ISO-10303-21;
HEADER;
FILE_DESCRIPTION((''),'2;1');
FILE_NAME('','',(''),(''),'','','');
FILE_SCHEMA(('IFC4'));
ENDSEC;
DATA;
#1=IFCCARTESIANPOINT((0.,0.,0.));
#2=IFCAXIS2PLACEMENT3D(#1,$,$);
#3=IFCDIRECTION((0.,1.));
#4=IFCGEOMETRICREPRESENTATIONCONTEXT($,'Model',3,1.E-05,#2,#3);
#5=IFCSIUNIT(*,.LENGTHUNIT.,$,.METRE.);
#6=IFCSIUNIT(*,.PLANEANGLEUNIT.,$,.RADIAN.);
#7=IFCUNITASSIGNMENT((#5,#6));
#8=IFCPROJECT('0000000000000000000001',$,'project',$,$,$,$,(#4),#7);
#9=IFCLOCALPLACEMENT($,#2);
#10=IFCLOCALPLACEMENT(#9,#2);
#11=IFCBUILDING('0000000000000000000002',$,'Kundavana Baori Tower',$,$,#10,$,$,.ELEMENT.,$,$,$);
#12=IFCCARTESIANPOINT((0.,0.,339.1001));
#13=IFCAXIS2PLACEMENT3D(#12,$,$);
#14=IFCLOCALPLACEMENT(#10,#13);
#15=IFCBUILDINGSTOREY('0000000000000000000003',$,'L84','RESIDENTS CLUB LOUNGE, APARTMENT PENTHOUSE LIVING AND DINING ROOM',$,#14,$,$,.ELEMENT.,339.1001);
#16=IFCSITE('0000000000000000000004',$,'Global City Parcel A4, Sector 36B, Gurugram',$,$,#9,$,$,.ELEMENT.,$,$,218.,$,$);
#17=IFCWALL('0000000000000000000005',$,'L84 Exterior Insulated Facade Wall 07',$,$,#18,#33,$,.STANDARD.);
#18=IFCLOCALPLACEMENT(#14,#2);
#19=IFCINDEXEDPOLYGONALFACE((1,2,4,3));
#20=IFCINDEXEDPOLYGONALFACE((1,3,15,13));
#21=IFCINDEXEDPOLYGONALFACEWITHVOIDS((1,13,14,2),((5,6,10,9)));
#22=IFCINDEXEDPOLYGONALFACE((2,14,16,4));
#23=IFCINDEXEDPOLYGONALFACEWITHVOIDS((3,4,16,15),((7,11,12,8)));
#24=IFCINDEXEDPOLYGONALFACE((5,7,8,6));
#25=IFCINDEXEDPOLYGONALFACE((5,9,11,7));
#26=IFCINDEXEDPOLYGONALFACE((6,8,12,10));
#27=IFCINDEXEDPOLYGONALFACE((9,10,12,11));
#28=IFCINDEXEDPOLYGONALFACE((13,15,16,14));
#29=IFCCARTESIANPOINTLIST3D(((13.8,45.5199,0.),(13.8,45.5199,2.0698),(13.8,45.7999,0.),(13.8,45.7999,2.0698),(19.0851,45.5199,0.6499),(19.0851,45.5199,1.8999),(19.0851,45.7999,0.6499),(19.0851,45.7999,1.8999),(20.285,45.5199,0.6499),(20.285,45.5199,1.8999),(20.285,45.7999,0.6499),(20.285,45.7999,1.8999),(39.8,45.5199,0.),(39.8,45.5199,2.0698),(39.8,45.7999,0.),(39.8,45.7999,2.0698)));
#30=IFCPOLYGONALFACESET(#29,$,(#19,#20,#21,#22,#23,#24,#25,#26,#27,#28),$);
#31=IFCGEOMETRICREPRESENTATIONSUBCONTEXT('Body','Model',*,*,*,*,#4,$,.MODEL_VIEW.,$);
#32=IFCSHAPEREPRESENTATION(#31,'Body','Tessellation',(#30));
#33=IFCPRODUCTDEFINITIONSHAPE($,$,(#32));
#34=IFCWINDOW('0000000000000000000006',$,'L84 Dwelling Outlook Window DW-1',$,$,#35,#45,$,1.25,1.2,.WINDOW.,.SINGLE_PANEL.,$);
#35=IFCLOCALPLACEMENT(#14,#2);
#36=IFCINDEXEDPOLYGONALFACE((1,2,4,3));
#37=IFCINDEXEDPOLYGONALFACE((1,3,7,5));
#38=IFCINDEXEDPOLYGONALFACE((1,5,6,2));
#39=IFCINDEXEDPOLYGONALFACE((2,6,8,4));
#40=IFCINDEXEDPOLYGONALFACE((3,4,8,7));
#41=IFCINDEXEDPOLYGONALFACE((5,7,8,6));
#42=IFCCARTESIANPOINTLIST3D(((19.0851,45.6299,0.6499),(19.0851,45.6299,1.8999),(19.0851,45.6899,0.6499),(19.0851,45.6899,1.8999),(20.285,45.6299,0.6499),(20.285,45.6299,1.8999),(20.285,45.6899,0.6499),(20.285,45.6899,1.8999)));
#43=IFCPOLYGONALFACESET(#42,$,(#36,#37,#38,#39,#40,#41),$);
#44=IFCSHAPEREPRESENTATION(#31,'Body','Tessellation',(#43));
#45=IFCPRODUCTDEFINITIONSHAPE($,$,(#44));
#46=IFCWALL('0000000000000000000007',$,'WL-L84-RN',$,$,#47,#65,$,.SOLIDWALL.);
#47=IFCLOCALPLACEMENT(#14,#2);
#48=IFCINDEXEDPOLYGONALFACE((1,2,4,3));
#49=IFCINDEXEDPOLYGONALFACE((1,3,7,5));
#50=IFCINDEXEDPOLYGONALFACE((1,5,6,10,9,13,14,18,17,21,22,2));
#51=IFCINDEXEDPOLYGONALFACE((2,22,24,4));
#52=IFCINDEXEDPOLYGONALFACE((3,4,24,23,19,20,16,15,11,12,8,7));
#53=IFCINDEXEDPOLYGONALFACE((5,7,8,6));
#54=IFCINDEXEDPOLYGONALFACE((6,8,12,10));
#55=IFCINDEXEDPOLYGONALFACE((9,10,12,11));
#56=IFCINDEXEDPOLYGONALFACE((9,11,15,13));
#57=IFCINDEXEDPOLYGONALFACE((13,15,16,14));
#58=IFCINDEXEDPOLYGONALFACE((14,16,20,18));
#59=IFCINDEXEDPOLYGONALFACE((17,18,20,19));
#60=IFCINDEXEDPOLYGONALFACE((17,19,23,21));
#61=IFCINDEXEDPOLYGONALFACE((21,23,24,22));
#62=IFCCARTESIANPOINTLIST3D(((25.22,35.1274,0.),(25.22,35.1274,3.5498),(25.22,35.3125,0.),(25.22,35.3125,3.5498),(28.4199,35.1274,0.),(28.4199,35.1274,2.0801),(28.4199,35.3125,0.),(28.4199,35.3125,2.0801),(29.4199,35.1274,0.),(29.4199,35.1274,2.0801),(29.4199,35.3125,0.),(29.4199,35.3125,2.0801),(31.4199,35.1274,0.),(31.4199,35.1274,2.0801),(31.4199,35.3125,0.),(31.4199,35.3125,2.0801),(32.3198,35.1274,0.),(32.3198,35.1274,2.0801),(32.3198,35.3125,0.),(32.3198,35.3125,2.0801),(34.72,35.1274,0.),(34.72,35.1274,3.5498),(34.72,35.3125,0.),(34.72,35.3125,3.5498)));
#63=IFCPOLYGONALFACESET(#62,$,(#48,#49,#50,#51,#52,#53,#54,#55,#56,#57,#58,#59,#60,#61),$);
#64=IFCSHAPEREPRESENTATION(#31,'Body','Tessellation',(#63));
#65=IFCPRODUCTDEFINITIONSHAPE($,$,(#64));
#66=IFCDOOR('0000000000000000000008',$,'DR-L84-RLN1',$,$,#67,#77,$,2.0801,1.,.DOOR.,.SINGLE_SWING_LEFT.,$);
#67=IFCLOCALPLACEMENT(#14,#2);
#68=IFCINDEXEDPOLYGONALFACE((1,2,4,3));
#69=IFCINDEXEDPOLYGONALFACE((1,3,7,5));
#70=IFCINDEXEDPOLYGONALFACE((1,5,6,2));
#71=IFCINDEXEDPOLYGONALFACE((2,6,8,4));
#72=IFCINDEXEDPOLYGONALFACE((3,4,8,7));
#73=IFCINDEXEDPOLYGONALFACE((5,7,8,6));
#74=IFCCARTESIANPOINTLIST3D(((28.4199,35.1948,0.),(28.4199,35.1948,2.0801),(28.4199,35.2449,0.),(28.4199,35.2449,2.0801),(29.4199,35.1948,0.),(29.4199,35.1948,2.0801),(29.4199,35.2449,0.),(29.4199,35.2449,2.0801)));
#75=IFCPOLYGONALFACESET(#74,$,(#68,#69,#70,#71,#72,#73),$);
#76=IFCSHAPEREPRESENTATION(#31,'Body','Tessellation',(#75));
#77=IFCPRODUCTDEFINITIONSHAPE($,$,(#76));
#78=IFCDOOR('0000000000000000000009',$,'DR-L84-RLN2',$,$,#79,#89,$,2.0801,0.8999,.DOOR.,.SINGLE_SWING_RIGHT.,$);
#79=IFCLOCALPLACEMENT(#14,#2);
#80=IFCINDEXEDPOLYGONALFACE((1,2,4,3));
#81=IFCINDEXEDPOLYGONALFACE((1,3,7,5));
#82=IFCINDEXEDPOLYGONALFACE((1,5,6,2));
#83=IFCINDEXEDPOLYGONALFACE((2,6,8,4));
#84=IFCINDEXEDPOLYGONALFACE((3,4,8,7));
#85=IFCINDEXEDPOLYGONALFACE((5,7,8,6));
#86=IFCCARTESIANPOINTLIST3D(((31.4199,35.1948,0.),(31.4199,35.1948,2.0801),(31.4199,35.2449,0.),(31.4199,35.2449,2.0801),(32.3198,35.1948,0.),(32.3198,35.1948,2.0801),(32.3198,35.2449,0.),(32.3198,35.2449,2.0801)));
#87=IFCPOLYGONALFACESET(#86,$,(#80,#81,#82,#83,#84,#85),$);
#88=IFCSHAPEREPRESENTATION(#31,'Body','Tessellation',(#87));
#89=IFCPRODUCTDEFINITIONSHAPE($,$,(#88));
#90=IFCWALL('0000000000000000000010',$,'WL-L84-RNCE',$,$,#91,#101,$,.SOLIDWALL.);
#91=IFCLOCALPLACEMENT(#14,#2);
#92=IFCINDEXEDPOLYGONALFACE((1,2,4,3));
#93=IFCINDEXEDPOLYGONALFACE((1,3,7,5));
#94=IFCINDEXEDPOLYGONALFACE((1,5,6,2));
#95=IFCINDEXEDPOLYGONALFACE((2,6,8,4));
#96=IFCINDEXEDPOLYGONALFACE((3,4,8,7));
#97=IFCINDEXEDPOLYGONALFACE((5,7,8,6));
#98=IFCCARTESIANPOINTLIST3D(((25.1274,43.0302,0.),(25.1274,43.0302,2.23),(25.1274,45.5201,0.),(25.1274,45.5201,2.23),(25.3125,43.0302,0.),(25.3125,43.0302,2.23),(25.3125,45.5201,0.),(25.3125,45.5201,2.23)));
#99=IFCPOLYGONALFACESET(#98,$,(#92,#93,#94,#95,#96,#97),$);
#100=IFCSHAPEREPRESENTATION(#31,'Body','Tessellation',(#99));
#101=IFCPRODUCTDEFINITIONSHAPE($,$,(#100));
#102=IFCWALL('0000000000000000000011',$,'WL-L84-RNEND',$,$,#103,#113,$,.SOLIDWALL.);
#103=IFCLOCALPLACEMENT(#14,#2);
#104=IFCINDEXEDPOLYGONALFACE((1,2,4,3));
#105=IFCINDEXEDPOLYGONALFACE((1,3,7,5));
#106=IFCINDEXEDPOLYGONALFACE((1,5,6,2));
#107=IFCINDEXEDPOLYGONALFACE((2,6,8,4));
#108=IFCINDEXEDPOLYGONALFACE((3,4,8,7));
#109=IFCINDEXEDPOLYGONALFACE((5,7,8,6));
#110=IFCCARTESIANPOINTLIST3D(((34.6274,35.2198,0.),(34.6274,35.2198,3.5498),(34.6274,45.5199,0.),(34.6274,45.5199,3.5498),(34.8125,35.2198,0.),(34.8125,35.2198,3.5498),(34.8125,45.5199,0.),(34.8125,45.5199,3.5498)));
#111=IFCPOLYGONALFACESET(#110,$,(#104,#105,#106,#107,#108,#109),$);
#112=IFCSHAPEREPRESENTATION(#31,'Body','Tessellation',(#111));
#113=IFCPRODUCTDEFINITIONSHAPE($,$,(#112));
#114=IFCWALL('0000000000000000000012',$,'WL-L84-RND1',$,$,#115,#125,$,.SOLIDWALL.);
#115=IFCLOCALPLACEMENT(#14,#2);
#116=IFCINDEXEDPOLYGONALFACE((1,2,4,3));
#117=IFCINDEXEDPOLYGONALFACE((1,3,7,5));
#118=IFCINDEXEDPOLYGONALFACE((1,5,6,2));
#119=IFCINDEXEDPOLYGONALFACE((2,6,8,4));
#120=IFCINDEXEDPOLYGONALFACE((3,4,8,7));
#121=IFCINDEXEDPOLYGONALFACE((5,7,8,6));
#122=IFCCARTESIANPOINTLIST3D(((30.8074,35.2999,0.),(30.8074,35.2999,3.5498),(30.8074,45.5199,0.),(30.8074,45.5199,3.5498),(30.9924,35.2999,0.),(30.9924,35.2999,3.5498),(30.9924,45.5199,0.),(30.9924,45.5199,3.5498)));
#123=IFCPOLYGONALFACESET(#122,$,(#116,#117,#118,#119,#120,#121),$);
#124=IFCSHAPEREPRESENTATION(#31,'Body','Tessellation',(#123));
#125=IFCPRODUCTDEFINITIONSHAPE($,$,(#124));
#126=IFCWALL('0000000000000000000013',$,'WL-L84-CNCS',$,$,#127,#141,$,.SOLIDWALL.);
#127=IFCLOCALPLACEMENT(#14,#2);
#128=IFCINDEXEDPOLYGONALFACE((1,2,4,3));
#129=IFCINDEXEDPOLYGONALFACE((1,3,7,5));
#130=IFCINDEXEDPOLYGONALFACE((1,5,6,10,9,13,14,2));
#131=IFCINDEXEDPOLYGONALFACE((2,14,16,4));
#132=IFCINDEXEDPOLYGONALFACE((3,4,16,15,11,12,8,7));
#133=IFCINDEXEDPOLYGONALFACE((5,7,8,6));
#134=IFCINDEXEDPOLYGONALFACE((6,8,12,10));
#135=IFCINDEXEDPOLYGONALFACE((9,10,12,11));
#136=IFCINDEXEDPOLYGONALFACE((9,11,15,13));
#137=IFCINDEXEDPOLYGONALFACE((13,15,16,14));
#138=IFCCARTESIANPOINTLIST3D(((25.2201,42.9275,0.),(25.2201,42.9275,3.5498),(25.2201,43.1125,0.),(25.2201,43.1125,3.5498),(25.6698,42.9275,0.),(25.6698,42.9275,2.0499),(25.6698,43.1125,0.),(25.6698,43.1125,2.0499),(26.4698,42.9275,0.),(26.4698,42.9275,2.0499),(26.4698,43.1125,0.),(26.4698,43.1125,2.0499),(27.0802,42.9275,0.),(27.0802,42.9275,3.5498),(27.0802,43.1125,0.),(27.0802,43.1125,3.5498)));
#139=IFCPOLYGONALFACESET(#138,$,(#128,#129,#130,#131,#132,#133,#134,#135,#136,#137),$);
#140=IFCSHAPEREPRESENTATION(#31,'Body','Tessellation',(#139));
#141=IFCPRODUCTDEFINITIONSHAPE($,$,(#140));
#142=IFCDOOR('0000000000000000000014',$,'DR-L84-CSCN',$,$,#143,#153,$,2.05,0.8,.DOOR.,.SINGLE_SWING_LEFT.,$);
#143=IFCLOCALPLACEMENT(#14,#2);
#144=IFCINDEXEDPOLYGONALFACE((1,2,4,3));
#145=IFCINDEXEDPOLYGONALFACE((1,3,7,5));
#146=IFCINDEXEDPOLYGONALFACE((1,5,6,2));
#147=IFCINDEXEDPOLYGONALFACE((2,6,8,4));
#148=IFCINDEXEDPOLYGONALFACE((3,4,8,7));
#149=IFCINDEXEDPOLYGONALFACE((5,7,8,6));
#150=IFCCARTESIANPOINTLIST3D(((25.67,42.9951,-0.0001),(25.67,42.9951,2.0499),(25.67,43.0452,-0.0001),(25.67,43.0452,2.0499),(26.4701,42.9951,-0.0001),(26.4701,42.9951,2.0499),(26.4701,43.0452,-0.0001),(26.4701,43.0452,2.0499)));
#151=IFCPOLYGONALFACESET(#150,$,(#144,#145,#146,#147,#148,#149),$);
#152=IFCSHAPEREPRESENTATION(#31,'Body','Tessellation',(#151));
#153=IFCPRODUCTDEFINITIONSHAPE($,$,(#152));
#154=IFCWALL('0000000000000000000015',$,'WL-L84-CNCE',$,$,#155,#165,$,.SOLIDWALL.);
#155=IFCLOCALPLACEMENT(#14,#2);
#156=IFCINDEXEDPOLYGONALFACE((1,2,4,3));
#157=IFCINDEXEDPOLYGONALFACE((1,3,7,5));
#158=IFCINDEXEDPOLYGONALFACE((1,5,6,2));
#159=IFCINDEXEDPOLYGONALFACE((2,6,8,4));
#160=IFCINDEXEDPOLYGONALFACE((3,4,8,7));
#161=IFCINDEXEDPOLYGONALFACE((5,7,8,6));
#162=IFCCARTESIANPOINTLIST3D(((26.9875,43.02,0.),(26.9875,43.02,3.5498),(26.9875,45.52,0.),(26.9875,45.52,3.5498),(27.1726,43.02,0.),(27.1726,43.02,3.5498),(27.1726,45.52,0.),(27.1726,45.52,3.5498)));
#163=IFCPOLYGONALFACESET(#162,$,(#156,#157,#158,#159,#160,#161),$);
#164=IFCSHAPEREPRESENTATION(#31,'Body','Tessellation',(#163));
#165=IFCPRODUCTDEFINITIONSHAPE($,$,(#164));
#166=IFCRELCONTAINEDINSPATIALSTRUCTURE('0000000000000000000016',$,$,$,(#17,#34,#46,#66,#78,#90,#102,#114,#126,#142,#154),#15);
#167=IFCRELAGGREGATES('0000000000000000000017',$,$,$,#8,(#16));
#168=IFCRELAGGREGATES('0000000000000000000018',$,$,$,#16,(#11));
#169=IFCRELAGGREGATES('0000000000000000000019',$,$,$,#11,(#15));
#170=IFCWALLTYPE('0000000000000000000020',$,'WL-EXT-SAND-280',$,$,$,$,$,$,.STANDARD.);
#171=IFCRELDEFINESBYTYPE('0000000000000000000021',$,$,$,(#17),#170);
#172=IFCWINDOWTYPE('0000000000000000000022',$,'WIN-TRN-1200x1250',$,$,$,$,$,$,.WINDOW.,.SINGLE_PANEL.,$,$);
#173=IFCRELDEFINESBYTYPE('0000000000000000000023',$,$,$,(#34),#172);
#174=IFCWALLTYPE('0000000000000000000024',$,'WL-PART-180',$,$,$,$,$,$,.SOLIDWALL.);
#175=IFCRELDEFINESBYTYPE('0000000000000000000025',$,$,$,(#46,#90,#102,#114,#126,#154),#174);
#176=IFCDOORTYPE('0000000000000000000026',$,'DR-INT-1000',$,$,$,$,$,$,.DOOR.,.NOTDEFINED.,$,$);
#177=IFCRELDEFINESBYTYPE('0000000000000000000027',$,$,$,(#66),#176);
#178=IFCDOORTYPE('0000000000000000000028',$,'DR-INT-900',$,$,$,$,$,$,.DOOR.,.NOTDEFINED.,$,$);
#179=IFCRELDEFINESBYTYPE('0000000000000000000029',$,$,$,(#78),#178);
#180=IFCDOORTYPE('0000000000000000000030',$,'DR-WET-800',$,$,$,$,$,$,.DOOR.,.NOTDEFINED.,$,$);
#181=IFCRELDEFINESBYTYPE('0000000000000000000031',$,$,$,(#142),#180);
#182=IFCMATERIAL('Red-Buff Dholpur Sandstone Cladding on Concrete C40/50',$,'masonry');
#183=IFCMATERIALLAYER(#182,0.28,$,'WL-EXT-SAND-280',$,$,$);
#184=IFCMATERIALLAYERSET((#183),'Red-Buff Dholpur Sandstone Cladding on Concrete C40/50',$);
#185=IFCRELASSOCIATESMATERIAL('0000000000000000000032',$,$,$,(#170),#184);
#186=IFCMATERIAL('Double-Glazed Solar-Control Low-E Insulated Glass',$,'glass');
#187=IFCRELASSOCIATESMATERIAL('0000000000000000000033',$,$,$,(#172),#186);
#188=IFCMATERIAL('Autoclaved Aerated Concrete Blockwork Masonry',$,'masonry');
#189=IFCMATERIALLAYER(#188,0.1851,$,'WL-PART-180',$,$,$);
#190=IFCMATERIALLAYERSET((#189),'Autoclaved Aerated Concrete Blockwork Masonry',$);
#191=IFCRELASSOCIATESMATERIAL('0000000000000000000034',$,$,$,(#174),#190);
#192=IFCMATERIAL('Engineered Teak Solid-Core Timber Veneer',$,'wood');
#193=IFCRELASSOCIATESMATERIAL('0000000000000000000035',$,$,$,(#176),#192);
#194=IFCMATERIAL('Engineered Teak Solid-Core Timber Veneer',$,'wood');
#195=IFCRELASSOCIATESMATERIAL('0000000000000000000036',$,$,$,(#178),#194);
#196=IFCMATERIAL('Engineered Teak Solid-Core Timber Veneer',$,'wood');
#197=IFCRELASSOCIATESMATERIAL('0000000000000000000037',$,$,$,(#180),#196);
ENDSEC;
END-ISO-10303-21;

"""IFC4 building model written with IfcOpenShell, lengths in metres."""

from ifc_helpers import new_model, si_unit, direction, frame, frame_2d, origin, place, context, subcontext, project, spatial, rectangle, extrude, material, layer, layer_set, type_object, element, fill, save


model = new_model("IFC4")

# Units and contexts
model_context = context("Model", 3, precision=1e-05, world=origin(), true_north=direction((0.0, 1.0)))
body_context = subcontext(model_context, "Body", "Model", "MODEL_VIEW")
ifc_project = project(units=[si_unit("LENGTHUNIT", "METRE"), si_unit("PLANEANGLEUNIT", "RADIAN")], contexts=[model_context])

# Site, building, storey
site_placement = place(None, origin())
site = spatial("IfcSite", under=ifc_project, at=site_placement, Name="Global City Parcel A4, Sector 36B, Gurugram", CompositionType="ELEMENT", RefElevation=218.0)
building_placement = place(site_placement, origin())
building = spatial("IfcBuilding", under=site, at=building_placement, Name="Kundavana Baori Tower", CompositionType="ELEMENT")
storey_placement = place(building_placement, frame((0.0, 0.0, 339.1001)))
storey = spatial("IfcBuildingStorey", under=building, at=storey_placement, Name="L84", Description="RESIDENTS CLUB LOUNGE, APARTMENT PENTHOUSE LIVING AND DINING ROOM", CompositionType="ELEMENT", Elevation=339.1001)

# Shared definitions
ifc_material_1 = material(Name="Red-Buff Dholpur Sandstone Cladding on Concrete C40/50", Category="masonry")
ifc_layer_1 = layer(ifc_material_1, 0.28, Name="WL-EXT-SAND-280")
ifc_layer_set_1 = layer_set([ifc_layer_1], Name="Red-Buff Dholpur Sandstone Cladding on Concrete C40/50")
wall_type_1 = type_object("IfcWallType", Name="WL-EXT-SAND-280", PredefinedType="STANDARD", material=ifc_layer_set_1)

# Wall, opening, window
wall_1_placement = place(storey_placement, frame((39.8, 45.6599, 0.0), z_axis=(0.0, 0.0, 1.0), x_axis=(-1.0, 0.0, 0.0)))
wall_1 = element("IfcWall", 1, at=wall_1_placement, inside=storey, type_object=wall_type_1, Name="L84 Exterior Insulated Facade Wall 07", PredefinedType="STANDARD", context=body_context, shape_type="SweptSolid", body=[
    extrude(rectangle(XDim=26.0, YDim=0.28, at=frame_2d((13.0, 0.0))), origin(), (0.0, 0.0, 1.0), 2.0698),
])
opening_1_placement = place(wall_1_placement, frame((19.5149, 0.0, 0.6499)))
opening_1 = element("IfcOpeningElement", 2, at=opening_1_placement, cuts=wall_1, PredefinedType="OPENING", context=body_context, shape_type="SweptSolid", body=[
    extrude(rectangle(XDim=1.2, YDim=1.25, at=frame_2d((0.6001, 0.625))), frame((0.0, 0.1499, 0.0), z_axis=(0.0, -1.0, 0.0), x_axis=(1.0, 0.0, 0.0)), (0.0, 0.0, 1.0), 0.3),
])
ifc_material_2 = material(Name="Double-Glazed Solar-Control Low-E Insulated Glass", Category="glass")
window_type = type_object("IfcWindowType", Name="WIN-TRN-1200x1250", PartitioningType="SINGLE_PANEL", PredefinedType="WINDOW", material=ifc_material_2)
window_placement = place(opening_1_placement, origin())
window = element("IfcWindow", 3, at=window_placement, inside=storey, type_object=window_type, Name="L84 Dwelling Outlook Window DW-1", OverallHeight=1.25, OverallWidth=1.2, PartitioningType="SINGLE_PANEL", PredefinedType="WINDOW", context=body_context, shape_type="SweptSolid", body=[
    extrude(rectangle(XDim=1.2, YDim=1.25, at=frame_2d((0.6001, 0.625))), frame((0.0, 0.03, 0.0), z_axis=(0.0, -1.0, 0.0), x_axis=(1.0, 0.0, 0.0)), (0.0, 0.0, 1.0), 0.0601),
])
fill(opening_1, window)

# Wall, openings, doors
ifc_material_3 = material(Name="Autoclaved Aerated Concrete Blockwork Masonry", Category="masonry")
ifc_layer_2 = layer(ifc_material_3, 0.1851, Name="WL-PART-180")
ifc_layer_set_2 = layer_set([ifc_layer_2], Name="Autoclaved Aerated Concrete Blockwork Masonry")
wall_type_2 = type_object("IfcWallType", Name="WL-PART-180", PredefinedType="SOLIDWALL", material=ifc_layer_set_2)
wall_2_placement = place(storey_placement, frame((25.22, 35.22, 0.0), z_axis=(0.0, 0.0, 1.0), x_axis=(1.0, 0.0, 0.0)))
wall_2 = element("IfcWall", 4, at=wall_2_placement, inside=storey, type_object=wall_type_2, Name="WL-L84-RN", PredefinedType="SOLIDWALL", context=body_context, shape_type="SweptSolid", body=[
    extrude(rectangle(XDim=9.5, YDim=0.1851, at=frame_2d((4.75, 0.0))), origin(), (0.0, 0.0, 1.0), 3.5498),
])
opening_2_placement = place(wall_2_placement, frame((3.2, 0.0, 0.0)))
opening_2 = element("IfcOpeningElement", 5, at=opening_2_placement, cuts=wall_2, PredefinedType="OPENING", context=body_context, shape_type="SweptSolid", body=[
    extrude(rectangle(XDim=1.0, YDim=2.0801, at=frame_2d((0.5, 1.04))), frame((0.0, 0.1025, 0.0), z_axis=(0.0, -1.0, 0.0), x_axis=(1.0, 0.0, 0.0)), (0.0, 0.0, 1.0), 0.2051),
])
opening_3_placement = place(wall_2_placement, frame((6.2, 0.0, 0.0)))
opening_3 = element("IfcOpeningElement", 6, at=opening_3_placement, cuts=wall_2, PredefinedType="OPENING", context=body_context, shape_type="SweptSolid", body=[
    extrude(rectangle(XDim=0.8999, YDim=2.0801, at=frame_2d((0.45, 1.04))), frame((0.0, 0.1025, 0.0), z_axis=(0.0, -1.0, 0.0), x_axis=(1.0, 0.0, 0.0)), (0.0, 0.0, 1.0), 0.2051),
])
ifc_material_4 = material(Name="Engineered Teak Solid-Core Timber Veneer", Category="wood")
door_type_1 = type_object("IfcDoorType", Name="DR-INT-1000", OperationType="NOTDEFINED", PredefinedType="DOOR", material=ifc_material_4)
door_1_placement = place(opening_2_placement, origin())
door_1 = element("IfcDoor", 7, at=door_1_placement, inside=storey, type_object=door_type_1, Name="DR-L84-RLN1", OperationType="SINGLE_SWING_LEFT", OverallHeight=2.0801, OverallWidth=1.0, PredefinedType="DOOR", context=body_context, shape_type="SweptSolid", body=[
    extrude(rectangle(XDim=1.0, YDim=2.0801, at=frame_2d((0.5, 1.04))), frame((0.0, 0.0249, 0.0), z_axis=(0.0, -1.0, 0.0), x_axis=(1.0, 0.0, 0.0)), (0.0, 0.0, 1.0), 0.05),
])
fill(opening_2, door_1)
ifc_material_5 = material(Name="Engineered Teak Solid-Core Timber Veneer", Category="wood")
door_type_2 = type_object("IfcDoorType", Name="DR-INT-900", OperationType="NOTDEFINED", PredefinedType="DOOR", material=ifc_material_5)
door_2_placement = place(opening_3_placement, origin())
door_2 = element("IfcDoor", 8, at=door_2_placement, inside=storey, type_object=door_type_2, Name="DR-L84-RLN2", OperationType="SINGLE_SWING_RIGHT", OverallHeight=2.0801, OverallWidth=0.8999, PredefinedType="DOOR", context=body_context, shape_type="SweptSolid", body=[
    extrude(rectangle(XDim=0.8999, YDim=2.0801, at=frame_2d((0.45, 1.04))), frame((0.0, 0.0249, 0.0), z_axis=(0.0, -1.0, 0.0), x_axis=(1.0, 0.0, 0.0)), (0.0, 0.0, 1.0), 0.05),
])
fill(opening_3, door_2)

# Walls
wall_3_placement = place(storey_placement, frame((25.22, 43.03, 0.0), z_axis=(0.0, 0.0, 1.0), x_axis=(0.0, 1.0, 0.0)))
element("IfcWall", 9, at=wall_3_placement, inside=storey, type_object=wall_type_2, Name="WL-L84-RNCE", PredefinedType="SOLIDWALL", context=body_context, shape_type="SweptSolid", body=[
    extrude(rectangle(XDim=2.49, YDim=0.1851, at=frame_2d((1.2451, 0.0))), origin(), (0.0, 0.0, 1.0), 2.23),
])
wall_4_placement = place(storey_placement, frame((34.72, 35.22, 0.0), z_axis=(0.0, 0.0, 1.0), x_axis=(0.0, 1.0, 0.0)))
element("IfcWall", 10, at=wall_4_placement, inside=storey, type_object=wall_type_2, Name="WL-L84-RNEND", PredefinedType="SOLIDWALL", context=body_context, shape_type="SweptSolid", body=[
    extrude(rectangle(XDim=10.3, YDim=0.1851, at=frame_2d((5.1499, 0.0))), origin(), (0.0, 0.0, 1.0), 3.5498),
])
wall_5_placement = place(storey_placement, frame((30.8999, 35.3, 0.0), z_axis=(0.0, 0.0, 1.0), x_axis=(0.0, 1.0, 0.0)))
element("IfcWall", 11, at=wall_5_placement, inside=storey, type_object=wall_type_2, Name="WL-L84-RND1", PredefinedType="SOLIDWALL", context=body_context, shape_type="SweptSolid", body=[
    extrude(rectangle(XDim=10.22, YDim=0.1851, at=frame_2d((5.1099, 0.0))), origin(), (0.0, 0.0, 1.0), 3.5498),
])

# Wall, opening, door
wall_6_placement = place(storey_placement, frame((25.22, 43.02, 0.0), z_axis=(0.0, 0.0, 1.0), x_axis=(1.0, 0.0, 0.0)))
wall_6 = element("IfcWall", 12, at=wall_6_placement, inside=storey, type_object=wall_type_2, Name="WL-L84-CNCS", PredefinedType="SOLIDWALL", context=body_context, shape_type="SweptSolid", body=[
    extrude(rectangle(XDim=1.8601, YDim=0.1851, at=frame_2d((0.9302, 0.0))), origin(), (0.0, 0.0, 1.0), 3.5498),
])
opening_4_placement = place(wall_6_placement, frame((0.45, 0.0, 0.0)))
opening_4 = element("IfcOpeningElement", 13, at=opening_4_placement, cuts=wall_6, PredefinedType="OPENING", context=body_context, shape_type="SweptSolid", body=[
    extrude(rectangle(XDim=0.8, YDim=2.05, at=frame_2d((0.3999, 1.0249))), frame((0.0, 0.1025, 0.0), z_axis=(0.0, -1.0, 0.0), x_axis=(1.0, 0.0, 0.0)), (0.0, 0.0, 1.0), 0.2051),
])
ifc_material_6 = material(Name="Engineered Teak Solid-Core Timber Veneer", Category="wood")
door_type_3 = type_object("IfcDoorType", Name="DR-WET-800", OperationType="NOTDEFINED", PredefinedType="DOOR", material=ifc_material_6)
door_3_placement = place(opening_4_placement, frame((0.8, 0.0, 0.0), z_axis=(0.0, 0.0, 1.0), x_axis=(-1.0, 0.0, 0.0)))
door_3 = element("IfcDoor", 14, at=door_3_placement, inside=storey, type_object=door_type_3, Name="DR-L84-CSCN", OperationType="SINGLE_SWING_LEFT", OverallHeight=2.05, OverallWidth=0.8, PredefinedType="DOOR", context=body_context, shape_type="SweptSolid", body=[
    extrude(rectangle(XDim=0.8, YDim=2.05, at=frame_2d((0.3999, 1.0249))), frame((0.0, 0.0249, 0.0), z_axis=(0.0, -1.0, 0.0), x_axis=(1.0, 0.0, 0.0)), (0.0, 0.0, 1.0), 0.05),
])
fill(opening_4, door_3)

# Wall
wall_7_placement = place(storey_placement, frame((27.0801, 43.02, 0.0), z_axis=(0.0, 0.0, 1.0), x_axis=(0.0, 1.0, 0.0)))
element("IfcWall", 15, at=wall_7_placement, inside=storey, type_object=wall_type_2, Name="WL-L84-CNCE", PredefinedType="SOLIDWALL", context=body_context, shape_type="SweptSolid", body=[
    extrude(rectangle(XDim=2.5, YDim=0.1851, at=frame_2d((1.25, 0.0))), origin(), (0.0, 0.0, 1.0), 3.5498),
])

save(model, "model.ifc")
